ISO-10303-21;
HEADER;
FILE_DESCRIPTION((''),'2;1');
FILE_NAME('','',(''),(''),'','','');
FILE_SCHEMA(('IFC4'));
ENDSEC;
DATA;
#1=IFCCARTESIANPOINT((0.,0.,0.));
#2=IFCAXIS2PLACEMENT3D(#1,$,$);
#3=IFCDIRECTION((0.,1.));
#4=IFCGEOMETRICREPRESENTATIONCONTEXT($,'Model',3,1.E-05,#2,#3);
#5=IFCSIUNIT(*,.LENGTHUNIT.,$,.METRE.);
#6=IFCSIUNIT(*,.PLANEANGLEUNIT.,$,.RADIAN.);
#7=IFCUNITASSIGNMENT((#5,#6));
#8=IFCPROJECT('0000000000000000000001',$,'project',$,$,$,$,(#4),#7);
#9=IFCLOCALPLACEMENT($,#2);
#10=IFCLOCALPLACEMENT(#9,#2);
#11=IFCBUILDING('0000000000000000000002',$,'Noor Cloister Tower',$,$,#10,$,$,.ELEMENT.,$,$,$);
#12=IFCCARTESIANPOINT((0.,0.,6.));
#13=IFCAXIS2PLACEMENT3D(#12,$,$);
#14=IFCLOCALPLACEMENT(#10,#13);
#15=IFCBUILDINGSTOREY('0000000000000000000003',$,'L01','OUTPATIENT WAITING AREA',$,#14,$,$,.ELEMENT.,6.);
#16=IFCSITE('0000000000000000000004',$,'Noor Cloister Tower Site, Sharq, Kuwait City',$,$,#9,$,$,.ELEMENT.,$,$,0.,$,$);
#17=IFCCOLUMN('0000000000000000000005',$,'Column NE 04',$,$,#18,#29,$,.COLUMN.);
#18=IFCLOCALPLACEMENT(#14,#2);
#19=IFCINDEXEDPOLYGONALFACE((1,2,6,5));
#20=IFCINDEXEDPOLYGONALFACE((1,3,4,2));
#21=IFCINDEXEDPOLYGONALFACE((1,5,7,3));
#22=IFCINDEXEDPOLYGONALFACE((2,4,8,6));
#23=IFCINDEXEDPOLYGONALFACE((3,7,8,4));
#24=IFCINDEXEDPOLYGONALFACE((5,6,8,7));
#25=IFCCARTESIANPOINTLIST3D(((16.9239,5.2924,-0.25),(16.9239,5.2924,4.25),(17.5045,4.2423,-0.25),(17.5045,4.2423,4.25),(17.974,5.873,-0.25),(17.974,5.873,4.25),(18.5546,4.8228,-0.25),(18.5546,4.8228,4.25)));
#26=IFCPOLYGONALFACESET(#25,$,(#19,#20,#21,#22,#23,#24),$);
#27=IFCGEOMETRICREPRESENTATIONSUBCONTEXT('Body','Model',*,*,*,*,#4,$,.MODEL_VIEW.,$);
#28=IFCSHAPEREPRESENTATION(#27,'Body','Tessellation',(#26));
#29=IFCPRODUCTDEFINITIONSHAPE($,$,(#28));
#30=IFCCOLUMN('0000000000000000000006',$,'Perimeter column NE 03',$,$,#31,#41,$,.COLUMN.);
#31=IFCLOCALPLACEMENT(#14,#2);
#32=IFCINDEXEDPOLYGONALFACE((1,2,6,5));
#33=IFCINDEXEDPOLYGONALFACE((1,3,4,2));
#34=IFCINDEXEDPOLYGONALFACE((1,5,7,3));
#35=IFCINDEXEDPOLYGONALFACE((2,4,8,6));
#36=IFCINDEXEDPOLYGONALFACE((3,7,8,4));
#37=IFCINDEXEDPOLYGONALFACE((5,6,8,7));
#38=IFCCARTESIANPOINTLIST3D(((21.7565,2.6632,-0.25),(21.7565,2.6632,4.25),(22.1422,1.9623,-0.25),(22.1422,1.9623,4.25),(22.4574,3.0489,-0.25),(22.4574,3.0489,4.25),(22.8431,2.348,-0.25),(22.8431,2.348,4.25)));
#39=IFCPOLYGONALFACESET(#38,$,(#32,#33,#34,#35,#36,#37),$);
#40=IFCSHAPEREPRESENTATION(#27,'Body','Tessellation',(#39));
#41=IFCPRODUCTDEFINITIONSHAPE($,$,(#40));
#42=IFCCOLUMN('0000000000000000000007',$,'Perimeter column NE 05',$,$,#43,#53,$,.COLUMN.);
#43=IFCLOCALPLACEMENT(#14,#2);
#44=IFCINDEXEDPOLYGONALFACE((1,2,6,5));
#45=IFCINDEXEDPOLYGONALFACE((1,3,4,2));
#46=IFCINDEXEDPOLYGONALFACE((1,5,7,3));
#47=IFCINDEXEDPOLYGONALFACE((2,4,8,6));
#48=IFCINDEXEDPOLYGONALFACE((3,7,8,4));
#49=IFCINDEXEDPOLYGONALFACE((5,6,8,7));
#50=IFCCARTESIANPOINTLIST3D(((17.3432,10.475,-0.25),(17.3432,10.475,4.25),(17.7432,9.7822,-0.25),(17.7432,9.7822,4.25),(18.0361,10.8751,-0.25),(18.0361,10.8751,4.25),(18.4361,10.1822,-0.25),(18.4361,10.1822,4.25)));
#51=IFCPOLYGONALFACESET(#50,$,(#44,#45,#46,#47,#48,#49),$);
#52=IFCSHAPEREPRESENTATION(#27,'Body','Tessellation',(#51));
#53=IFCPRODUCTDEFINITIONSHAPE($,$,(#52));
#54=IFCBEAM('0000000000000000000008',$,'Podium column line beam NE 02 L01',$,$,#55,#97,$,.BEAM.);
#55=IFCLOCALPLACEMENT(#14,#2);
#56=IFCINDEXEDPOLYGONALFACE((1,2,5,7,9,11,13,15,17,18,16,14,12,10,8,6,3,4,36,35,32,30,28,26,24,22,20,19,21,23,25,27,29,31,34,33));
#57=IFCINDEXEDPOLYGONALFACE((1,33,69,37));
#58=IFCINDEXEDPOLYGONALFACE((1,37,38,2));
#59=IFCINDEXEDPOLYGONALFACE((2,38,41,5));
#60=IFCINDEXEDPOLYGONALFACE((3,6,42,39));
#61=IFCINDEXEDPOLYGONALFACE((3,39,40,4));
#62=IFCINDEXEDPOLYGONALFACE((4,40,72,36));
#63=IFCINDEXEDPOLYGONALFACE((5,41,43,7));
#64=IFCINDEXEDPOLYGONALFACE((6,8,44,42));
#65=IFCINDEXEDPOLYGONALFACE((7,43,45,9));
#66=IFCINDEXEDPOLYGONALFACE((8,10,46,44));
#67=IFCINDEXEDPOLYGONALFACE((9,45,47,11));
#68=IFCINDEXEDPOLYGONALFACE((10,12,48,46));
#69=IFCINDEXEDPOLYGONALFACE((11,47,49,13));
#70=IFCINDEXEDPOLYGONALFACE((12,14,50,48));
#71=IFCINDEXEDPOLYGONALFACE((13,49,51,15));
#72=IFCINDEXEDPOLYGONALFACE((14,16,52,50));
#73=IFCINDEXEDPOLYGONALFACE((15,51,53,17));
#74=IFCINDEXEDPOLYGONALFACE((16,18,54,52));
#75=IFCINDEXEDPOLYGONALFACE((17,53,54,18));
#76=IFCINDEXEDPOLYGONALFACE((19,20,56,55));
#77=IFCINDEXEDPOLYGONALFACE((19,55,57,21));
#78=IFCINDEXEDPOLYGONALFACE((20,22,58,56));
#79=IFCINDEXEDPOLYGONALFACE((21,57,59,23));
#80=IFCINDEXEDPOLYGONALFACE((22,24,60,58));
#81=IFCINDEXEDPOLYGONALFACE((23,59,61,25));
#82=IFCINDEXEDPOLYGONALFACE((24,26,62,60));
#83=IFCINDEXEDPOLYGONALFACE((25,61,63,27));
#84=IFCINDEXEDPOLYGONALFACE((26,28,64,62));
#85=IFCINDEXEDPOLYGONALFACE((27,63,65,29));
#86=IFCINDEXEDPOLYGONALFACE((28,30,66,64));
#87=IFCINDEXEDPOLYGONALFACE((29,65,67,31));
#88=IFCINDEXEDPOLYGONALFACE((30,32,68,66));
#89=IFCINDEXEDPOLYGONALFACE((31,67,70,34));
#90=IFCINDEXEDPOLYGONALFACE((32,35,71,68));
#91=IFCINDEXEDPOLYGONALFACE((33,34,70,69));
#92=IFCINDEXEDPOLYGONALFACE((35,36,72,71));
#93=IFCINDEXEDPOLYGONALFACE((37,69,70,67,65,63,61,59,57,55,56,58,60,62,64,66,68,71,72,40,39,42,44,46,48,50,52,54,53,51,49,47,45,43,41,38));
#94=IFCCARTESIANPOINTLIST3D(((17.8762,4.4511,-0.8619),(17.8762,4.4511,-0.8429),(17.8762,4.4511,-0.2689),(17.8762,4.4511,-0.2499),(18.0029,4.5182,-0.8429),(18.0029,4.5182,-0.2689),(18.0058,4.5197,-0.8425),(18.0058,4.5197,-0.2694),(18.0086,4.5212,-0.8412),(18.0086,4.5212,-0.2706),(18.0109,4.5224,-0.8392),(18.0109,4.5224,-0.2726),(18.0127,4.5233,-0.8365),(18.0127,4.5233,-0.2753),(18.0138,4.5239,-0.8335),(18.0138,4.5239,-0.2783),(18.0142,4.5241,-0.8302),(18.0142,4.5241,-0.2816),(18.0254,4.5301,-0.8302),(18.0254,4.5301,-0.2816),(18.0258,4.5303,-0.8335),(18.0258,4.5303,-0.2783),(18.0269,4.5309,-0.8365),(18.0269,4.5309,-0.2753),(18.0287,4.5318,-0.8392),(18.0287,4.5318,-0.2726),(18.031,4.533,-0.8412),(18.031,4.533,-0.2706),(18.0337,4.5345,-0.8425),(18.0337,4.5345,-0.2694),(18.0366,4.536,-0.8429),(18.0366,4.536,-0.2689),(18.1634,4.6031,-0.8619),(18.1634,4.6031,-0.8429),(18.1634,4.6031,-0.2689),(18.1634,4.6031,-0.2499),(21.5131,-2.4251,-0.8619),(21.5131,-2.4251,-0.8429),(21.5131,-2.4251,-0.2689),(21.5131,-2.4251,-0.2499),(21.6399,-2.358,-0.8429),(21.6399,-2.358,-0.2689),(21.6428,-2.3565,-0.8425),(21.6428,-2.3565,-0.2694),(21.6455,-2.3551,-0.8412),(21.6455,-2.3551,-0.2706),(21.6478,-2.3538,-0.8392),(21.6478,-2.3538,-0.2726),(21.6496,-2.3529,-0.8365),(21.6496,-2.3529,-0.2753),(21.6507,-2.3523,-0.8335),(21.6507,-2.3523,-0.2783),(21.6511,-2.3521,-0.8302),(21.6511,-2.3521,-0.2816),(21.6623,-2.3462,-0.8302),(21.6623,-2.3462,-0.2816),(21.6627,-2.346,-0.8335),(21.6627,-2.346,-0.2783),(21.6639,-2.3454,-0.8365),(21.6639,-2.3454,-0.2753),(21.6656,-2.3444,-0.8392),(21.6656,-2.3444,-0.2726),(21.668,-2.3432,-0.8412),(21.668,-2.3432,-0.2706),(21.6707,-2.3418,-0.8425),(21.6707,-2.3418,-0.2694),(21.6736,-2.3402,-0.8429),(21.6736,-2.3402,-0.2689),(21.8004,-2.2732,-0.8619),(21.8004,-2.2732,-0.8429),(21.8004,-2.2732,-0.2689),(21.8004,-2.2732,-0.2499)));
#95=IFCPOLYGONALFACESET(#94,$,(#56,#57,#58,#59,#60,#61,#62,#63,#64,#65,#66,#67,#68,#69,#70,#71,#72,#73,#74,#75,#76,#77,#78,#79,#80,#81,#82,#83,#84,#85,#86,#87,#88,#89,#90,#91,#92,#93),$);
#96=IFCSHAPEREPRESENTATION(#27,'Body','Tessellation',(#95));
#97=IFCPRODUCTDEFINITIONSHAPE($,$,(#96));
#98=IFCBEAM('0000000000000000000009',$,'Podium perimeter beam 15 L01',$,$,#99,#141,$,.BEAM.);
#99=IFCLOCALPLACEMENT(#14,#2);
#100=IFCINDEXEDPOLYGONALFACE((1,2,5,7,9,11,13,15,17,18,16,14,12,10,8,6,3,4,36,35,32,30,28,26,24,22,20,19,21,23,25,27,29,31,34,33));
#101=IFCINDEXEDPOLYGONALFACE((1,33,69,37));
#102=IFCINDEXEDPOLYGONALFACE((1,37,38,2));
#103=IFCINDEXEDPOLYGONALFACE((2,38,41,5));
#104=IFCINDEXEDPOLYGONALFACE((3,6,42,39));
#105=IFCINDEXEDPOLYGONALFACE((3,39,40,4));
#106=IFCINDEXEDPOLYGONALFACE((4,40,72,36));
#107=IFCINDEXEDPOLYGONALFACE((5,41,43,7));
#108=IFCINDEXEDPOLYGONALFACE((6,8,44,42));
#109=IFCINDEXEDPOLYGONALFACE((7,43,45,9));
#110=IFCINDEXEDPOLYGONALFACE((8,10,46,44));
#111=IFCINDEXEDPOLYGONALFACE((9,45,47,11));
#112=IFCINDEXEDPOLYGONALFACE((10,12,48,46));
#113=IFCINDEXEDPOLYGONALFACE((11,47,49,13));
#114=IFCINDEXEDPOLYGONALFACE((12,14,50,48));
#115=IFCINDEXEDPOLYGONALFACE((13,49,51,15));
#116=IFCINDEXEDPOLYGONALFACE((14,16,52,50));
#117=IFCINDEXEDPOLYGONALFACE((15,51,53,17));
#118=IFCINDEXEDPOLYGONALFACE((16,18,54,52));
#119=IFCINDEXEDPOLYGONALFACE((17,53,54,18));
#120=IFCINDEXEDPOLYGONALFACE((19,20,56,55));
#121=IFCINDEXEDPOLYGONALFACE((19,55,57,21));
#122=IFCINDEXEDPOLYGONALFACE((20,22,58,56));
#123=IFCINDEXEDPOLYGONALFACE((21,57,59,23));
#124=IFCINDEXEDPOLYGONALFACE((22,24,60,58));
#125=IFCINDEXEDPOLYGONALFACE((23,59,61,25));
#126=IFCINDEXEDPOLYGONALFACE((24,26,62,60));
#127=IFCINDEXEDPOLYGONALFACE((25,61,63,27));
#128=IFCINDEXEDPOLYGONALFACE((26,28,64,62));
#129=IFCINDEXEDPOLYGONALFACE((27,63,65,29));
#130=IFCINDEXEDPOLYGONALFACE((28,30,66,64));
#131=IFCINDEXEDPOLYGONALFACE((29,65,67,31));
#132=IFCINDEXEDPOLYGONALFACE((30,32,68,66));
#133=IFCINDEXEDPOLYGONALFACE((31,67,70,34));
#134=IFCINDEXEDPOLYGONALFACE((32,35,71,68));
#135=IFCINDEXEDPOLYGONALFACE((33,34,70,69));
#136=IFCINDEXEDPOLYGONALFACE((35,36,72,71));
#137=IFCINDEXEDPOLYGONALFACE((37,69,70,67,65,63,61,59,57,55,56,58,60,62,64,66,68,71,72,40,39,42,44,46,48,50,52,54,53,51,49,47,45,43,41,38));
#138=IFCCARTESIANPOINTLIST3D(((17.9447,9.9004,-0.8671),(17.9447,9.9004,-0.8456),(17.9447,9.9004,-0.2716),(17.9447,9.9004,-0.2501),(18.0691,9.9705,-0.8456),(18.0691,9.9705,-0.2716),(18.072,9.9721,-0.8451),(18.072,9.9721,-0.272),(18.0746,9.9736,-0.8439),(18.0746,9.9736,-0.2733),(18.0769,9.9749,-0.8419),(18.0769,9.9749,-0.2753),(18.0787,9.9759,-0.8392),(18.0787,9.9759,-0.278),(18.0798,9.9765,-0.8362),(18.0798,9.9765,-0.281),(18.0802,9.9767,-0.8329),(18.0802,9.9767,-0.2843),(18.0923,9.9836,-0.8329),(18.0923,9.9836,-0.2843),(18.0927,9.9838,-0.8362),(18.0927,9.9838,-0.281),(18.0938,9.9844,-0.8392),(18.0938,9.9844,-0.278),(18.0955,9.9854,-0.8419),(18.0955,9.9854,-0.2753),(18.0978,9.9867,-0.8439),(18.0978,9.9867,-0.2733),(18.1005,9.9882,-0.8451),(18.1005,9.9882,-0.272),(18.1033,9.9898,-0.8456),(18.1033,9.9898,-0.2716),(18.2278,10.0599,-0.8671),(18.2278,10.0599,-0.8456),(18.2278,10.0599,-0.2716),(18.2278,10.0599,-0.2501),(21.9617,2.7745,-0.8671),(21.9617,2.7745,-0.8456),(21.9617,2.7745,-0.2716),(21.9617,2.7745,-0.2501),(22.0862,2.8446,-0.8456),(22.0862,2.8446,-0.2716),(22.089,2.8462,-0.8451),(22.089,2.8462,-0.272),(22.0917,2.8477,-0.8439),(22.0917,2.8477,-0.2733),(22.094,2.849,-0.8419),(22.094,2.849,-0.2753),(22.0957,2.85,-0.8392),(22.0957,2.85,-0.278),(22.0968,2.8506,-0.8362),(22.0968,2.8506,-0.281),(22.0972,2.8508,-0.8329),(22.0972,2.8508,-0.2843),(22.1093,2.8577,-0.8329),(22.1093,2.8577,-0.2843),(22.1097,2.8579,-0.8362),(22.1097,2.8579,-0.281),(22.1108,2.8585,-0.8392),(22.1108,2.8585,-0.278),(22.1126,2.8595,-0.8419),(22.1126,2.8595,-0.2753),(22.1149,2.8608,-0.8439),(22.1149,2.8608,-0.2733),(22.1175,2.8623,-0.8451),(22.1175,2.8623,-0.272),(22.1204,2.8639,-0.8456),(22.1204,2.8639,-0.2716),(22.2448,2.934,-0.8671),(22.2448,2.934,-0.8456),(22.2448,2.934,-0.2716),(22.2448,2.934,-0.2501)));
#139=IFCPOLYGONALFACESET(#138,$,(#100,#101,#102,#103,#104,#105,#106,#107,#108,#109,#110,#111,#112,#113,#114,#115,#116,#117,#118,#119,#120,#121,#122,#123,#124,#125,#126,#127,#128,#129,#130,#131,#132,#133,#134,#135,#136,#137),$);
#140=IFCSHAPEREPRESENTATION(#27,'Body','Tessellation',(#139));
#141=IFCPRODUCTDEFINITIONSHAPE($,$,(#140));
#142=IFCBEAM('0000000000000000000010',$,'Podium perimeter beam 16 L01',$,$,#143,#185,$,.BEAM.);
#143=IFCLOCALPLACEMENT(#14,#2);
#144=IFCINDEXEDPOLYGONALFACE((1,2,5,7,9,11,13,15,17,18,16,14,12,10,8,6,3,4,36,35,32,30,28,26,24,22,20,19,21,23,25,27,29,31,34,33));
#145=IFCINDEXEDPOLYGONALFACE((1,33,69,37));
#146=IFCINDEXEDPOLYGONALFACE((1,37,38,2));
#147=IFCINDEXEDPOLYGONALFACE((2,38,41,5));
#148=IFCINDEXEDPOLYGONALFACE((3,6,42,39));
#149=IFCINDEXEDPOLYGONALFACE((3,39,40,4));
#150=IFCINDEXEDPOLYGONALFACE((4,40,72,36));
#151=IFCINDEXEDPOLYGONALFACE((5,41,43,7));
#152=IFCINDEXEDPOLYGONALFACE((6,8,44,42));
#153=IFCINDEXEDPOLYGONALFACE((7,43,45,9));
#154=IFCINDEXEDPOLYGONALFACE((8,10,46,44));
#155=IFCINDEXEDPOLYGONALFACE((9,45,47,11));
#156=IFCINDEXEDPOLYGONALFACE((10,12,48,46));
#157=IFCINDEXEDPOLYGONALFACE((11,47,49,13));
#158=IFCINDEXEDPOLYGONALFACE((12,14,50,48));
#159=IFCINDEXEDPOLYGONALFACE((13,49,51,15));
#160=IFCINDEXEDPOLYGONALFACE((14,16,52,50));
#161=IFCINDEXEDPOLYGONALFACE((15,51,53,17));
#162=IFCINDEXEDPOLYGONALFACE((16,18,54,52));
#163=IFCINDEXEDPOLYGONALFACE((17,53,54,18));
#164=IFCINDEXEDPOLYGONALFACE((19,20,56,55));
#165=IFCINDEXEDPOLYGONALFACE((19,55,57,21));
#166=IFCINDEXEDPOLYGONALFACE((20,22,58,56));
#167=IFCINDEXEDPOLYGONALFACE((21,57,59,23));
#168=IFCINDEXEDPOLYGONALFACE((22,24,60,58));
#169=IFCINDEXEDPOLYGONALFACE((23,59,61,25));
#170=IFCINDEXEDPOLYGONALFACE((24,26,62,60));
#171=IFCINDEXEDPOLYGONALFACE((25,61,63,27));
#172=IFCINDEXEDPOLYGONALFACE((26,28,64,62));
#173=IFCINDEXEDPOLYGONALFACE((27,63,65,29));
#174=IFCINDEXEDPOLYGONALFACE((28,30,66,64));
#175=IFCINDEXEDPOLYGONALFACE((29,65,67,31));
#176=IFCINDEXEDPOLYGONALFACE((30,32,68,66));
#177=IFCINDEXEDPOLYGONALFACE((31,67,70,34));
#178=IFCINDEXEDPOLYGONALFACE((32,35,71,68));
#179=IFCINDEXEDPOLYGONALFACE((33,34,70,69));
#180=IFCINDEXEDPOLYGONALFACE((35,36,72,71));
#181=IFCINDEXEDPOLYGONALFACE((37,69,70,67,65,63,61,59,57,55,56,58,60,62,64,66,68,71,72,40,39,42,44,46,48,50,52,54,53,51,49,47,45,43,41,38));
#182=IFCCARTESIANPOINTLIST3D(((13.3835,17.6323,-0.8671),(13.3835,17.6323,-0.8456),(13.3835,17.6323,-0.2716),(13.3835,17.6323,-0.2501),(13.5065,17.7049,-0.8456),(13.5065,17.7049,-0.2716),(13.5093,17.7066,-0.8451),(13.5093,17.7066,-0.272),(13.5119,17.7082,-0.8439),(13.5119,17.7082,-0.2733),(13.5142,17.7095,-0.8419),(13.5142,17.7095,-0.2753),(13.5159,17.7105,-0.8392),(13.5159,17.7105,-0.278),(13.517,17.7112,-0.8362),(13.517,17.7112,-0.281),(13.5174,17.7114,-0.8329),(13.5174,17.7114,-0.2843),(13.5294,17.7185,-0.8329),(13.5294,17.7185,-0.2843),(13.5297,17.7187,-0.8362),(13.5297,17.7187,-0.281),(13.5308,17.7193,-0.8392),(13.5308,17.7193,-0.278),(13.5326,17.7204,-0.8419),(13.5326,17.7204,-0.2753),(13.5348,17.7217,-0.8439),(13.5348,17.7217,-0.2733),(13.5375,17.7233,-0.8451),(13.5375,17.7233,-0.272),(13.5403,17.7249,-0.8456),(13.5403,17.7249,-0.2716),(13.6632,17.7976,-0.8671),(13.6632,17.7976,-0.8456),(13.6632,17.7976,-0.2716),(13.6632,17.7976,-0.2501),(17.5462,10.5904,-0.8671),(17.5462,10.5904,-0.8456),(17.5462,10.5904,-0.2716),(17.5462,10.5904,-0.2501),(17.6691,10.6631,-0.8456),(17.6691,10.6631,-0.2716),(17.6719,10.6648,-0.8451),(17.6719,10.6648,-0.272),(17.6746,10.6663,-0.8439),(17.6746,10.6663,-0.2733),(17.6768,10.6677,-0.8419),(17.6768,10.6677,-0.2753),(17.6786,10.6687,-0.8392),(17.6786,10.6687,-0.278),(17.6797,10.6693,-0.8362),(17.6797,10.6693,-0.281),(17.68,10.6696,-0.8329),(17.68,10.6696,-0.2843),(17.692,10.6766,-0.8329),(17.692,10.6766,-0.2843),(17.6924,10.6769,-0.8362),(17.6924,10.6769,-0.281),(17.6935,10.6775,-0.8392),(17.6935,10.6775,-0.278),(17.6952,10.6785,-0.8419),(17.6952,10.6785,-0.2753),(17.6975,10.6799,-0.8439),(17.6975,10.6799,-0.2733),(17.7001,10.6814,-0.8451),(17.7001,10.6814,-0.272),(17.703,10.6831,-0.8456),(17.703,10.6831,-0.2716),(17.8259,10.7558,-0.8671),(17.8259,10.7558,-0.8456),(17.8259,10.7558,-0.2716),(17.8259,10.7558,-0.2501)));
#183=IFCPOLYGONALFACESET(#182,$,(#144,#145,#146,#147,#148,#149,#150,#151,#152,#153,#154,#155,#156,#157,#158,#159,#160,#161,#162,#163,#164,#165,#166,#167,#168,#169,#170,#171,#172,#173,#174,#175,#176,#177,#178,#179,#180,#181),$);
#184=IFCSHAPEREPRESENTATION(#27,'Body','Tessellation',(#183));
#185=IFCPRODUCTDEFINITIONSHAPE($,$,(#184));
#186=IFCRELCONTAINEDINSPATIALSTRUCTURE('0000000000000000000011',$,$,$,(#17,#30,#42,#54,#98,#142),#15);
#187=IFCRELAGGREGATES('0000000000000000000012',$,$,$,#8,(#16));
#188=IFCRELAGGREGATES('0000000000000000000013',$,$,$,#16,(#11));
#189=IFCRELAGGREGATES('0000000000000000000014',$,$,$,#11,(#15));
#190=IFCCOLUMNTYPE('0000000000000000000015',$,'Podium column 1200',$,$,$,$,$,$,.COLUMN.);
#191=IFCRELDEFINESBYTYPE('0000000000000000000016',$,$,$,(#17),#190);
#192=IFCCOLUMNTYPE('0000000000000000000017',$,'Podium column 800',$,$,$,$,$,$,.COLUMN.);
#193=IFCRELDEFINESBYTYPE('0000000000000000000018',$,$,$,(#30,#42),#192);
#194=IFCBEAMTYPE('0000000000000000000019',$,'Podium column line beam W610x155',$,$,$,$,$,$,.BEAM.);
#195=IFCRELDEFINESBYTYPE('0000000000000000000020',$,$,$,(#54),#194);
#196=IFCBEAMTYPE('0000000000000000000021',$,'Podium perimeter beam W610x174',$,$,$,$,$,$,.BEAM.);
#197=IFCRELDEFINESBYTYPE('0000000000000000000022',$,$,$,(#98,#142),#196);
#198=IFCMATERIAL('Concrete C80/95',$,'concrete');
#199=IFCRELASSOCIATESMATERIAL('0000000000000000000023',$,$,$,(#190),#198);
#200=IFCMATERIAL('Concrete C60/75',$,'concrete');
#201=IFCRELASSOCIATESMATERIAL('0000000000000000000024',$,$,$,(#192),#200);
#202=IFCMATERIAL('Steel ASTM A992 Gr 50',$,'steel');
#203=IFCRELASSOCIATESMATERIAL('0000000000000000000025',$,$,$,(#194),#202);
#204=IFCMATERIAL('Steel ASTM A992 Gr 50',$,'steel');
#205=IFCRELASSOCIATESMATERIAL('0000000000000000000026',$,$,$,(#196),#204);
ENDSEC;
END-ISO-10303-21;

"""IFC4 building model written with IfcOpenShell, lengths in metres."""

from ifc_helpers import new_model, si_unit, direction, frame, origin, origin_2d, place, context, subcontext, project, spatial, rectangle, i_section, extrude, material, material_profile, profile_set, type_object, element, save


model = new_model("IFC4")

# Units and contexts
model_context = context("Model", 3, precision=1e-05, world=origin(), true_north=direction((0.0, 1.0)))
body_context = subcontext(model_context, "Body", "Model", "MODEL_VIEW")
ifc_project = project(units=[si_unit("LENGTHUNIT", "METRE"), si_unit("PLANEANGLEUNIT", "RADIAN")], contexts=[model_context])

# Site, building, storey
site_placement = place(None, origin())
site = spatial("IfcSite", under=ifc_project, at=site_placement, Name="Noor Cloister Tower Site, Sharq, Kuwait City", CompositionType="ELEMENT", RefElevation=0.0)
building_placement = place(site_placement, origin())
building = spatial("IfcBuilding", under=site, at=building_placement, Name="Noor Cloister Tower", CompositionType="ELEMENT")
storey_placement = place(building_placement, frame((0.0, 0.0, 6.0)))
storey = spatial("IfcBuildingStorey", under=building, at=storey_placement, Name="L01", Description="OUTPATIENT WAITING AREA", CompositionType="ELEMENT", Elevation=6.0)

# Columns
ifc_material_1 = material(Name="Concrete C80/95", Category="concrete")
ifc_material_profile_1 = material_profile(ifc_material_1, rectangle(XDim=1.2, YDim=1.2, at=origin_2d()), Name="Podium column 1200")
ifc_profile_set_1 = profile_set([ifc_material_profile_1], Name="Concrete C80/95")
column_type_1 = type_object("IfcColumnType", Name="Podium column 1200", PredefinedType="COLUMN", material=ifc_profile_set_1)
column_placement = place(storey_placement, frame((17.7393, 5.0576, -0.25), z_axis=(0.0, 0.0, 1.0), x_axis=(0.875153, 0.483847, 0.0)))
element("IfcColumn", 1, at=column_placement, inside=storey, type_object=column_type_1, Name="Column NE 04", PredefinedType="COLUMN", context=body_context, shape_type="SweptSolid", body=[
    extrude(rectangle(XDim=1.2, YDim=1.2, at=origin_2d()), origin(), (0.0, 0.0, 1.0), 4.5),
])
ifc_material_2 = material(Name="Concrete C60/75", Category="concrete")
ifc_material_profile_2 = material_profile(ifc_material_2, rectangle(XDim=0.8, YDim=0.8, at=origin_2d()), Name="Podium column 800")
ifc_profile_set_2 = profile_set([ifc_material_profile_2], Name="Concrete C60/75")
column_type_2 = type_object("IfcColumnType", Name="Podium column 800", PredefinedType="COLUMN", material=ifc_profile_set_2)
for number, where, z_axis, x_axis, name in (
    (2, (22.2998, 2.5056, -0.25), (0.0, 0.0, 1.0), (0.876111, 0.482109, 0.0), "Perimeter column NE 03"),
    (3, (17.8896, 10.3286, -0.25), (0.0, 0.0, 1.0), (0.866025, 0.5, 0.0), "Perimeter column NE 05"),
):
    element("IfcColumn", number, at=place(storey_placement, frame(where, z_axis=z_axis, x_axis=x_axis)), inside=storey, type_object=column_type_2, Name=name, PredefinedType="COLUMN", context=body_context, shape_type="SweptSolid", body=[
        extrude(rectangle(XDim=0.8, YDim=0.8, at=origin_2d()), origin(), (0.0, 0.0, 1.0), 4.5),
    ])

# Beams
ifc_material_3 = material(Name="Steel ASTM A992 Gr 50", Category="steel")
ifc_material_profile_3 = material_profile(ifc_material_3, i_section(OverallWidth=0.325, OverallDepth=0.6121, WebThickness=0.0127, FlangeThickness=0.019, FilletRadius=0.0127, at=origin_2d()), Name="W610x155")
ifc_profile_set_3 = profile_set([ifc_material_profile_3], Name="Steel ASTM A992 Gr 50")
beam_type_1 = type_object("IfcBeamType", Name="Podium column line beam W610x155", PredefinedType="BEAM", material=ifc_profile_set_3)
beam_1_placement = place(storey_placement, frame((21.6567, -2.3491, -0.5559), z_axis=(-0.467547, 0.883968, 0.0), x_axis=(-0.883968, -0.467547, 0.0)))
element("IfcBeam", 4, at=beam_1_placement, inside=storey, type_object=beam_type_1, Name="Podium column line beam NE 02 L01", PredefinedType="BEAM", context=body_context, shape_type="SweptSolid", body=[
    extrude(i_section(OverallWidth=0.325, OverallDepth=0.6121, WebThickness=0.0127, FlangeThickness=0.019, FilletRadius=0.0127, at=origin_2d()), origin(), (0.0, 0.0, 1.0), 7.7788),
])
ifc_material_4 = material(Name="Steel ASTM A992 Gr 50", Category="steel")
ifc_material_profile_4 = material_profile(ifc_material_4, i_section(OverallWidth=0.325, OverallDepth=0.6169, WebThickness=0.0139, FlangeThickness=0.0215, FilletRadius=0.0127, at=origin_2d()), Name="W610x174")
ifc_profile_set_4 = profile_set([ifc_material_profile_4], Name="Steel ASTM A992 Gr 50")
beam_type_2 = type_object("IfcBeamType", Name="Podium perimeter beam W610x174", PredefinedType="BEAM", material=ifc_profile_set_4)
for number, where, z_axis, x_axis, name in (
    (5, (22.1033, 2.8542, -0.5586), (-0.491072, 0.871119, 0.0), (-0.871119, -0.491072, 0.0), "Podium perimeter beam 15 L01"),
    (6, (17.686, 10.6731, -0.5586), (-0.508871, 0.860843, 0.0), (-0.860843, -0.508871, 0.0), "Podium perimeter beam 16 L01"),
):
    element("IfcBeam", number, at=place(storey_placement, frame(where, z_axis=z_axis, x_axis=x_axis)), inside=storey, type_object=beam_type_2, Name=name, PredefinedType="BEAM", context=body_context, shape_type="SweptSolid", body=[
        extrude(i_section(OverallWidth=0.325, OverallDepth=0.6169, WebThickness=0.0139, FlangeThickness=0.0215, FilletRadius=0.0127, at=origin_2d()), origin(), (0.0, 0.0, 1.0), 8.1802),
    ])

save(model, "model.ifc")
